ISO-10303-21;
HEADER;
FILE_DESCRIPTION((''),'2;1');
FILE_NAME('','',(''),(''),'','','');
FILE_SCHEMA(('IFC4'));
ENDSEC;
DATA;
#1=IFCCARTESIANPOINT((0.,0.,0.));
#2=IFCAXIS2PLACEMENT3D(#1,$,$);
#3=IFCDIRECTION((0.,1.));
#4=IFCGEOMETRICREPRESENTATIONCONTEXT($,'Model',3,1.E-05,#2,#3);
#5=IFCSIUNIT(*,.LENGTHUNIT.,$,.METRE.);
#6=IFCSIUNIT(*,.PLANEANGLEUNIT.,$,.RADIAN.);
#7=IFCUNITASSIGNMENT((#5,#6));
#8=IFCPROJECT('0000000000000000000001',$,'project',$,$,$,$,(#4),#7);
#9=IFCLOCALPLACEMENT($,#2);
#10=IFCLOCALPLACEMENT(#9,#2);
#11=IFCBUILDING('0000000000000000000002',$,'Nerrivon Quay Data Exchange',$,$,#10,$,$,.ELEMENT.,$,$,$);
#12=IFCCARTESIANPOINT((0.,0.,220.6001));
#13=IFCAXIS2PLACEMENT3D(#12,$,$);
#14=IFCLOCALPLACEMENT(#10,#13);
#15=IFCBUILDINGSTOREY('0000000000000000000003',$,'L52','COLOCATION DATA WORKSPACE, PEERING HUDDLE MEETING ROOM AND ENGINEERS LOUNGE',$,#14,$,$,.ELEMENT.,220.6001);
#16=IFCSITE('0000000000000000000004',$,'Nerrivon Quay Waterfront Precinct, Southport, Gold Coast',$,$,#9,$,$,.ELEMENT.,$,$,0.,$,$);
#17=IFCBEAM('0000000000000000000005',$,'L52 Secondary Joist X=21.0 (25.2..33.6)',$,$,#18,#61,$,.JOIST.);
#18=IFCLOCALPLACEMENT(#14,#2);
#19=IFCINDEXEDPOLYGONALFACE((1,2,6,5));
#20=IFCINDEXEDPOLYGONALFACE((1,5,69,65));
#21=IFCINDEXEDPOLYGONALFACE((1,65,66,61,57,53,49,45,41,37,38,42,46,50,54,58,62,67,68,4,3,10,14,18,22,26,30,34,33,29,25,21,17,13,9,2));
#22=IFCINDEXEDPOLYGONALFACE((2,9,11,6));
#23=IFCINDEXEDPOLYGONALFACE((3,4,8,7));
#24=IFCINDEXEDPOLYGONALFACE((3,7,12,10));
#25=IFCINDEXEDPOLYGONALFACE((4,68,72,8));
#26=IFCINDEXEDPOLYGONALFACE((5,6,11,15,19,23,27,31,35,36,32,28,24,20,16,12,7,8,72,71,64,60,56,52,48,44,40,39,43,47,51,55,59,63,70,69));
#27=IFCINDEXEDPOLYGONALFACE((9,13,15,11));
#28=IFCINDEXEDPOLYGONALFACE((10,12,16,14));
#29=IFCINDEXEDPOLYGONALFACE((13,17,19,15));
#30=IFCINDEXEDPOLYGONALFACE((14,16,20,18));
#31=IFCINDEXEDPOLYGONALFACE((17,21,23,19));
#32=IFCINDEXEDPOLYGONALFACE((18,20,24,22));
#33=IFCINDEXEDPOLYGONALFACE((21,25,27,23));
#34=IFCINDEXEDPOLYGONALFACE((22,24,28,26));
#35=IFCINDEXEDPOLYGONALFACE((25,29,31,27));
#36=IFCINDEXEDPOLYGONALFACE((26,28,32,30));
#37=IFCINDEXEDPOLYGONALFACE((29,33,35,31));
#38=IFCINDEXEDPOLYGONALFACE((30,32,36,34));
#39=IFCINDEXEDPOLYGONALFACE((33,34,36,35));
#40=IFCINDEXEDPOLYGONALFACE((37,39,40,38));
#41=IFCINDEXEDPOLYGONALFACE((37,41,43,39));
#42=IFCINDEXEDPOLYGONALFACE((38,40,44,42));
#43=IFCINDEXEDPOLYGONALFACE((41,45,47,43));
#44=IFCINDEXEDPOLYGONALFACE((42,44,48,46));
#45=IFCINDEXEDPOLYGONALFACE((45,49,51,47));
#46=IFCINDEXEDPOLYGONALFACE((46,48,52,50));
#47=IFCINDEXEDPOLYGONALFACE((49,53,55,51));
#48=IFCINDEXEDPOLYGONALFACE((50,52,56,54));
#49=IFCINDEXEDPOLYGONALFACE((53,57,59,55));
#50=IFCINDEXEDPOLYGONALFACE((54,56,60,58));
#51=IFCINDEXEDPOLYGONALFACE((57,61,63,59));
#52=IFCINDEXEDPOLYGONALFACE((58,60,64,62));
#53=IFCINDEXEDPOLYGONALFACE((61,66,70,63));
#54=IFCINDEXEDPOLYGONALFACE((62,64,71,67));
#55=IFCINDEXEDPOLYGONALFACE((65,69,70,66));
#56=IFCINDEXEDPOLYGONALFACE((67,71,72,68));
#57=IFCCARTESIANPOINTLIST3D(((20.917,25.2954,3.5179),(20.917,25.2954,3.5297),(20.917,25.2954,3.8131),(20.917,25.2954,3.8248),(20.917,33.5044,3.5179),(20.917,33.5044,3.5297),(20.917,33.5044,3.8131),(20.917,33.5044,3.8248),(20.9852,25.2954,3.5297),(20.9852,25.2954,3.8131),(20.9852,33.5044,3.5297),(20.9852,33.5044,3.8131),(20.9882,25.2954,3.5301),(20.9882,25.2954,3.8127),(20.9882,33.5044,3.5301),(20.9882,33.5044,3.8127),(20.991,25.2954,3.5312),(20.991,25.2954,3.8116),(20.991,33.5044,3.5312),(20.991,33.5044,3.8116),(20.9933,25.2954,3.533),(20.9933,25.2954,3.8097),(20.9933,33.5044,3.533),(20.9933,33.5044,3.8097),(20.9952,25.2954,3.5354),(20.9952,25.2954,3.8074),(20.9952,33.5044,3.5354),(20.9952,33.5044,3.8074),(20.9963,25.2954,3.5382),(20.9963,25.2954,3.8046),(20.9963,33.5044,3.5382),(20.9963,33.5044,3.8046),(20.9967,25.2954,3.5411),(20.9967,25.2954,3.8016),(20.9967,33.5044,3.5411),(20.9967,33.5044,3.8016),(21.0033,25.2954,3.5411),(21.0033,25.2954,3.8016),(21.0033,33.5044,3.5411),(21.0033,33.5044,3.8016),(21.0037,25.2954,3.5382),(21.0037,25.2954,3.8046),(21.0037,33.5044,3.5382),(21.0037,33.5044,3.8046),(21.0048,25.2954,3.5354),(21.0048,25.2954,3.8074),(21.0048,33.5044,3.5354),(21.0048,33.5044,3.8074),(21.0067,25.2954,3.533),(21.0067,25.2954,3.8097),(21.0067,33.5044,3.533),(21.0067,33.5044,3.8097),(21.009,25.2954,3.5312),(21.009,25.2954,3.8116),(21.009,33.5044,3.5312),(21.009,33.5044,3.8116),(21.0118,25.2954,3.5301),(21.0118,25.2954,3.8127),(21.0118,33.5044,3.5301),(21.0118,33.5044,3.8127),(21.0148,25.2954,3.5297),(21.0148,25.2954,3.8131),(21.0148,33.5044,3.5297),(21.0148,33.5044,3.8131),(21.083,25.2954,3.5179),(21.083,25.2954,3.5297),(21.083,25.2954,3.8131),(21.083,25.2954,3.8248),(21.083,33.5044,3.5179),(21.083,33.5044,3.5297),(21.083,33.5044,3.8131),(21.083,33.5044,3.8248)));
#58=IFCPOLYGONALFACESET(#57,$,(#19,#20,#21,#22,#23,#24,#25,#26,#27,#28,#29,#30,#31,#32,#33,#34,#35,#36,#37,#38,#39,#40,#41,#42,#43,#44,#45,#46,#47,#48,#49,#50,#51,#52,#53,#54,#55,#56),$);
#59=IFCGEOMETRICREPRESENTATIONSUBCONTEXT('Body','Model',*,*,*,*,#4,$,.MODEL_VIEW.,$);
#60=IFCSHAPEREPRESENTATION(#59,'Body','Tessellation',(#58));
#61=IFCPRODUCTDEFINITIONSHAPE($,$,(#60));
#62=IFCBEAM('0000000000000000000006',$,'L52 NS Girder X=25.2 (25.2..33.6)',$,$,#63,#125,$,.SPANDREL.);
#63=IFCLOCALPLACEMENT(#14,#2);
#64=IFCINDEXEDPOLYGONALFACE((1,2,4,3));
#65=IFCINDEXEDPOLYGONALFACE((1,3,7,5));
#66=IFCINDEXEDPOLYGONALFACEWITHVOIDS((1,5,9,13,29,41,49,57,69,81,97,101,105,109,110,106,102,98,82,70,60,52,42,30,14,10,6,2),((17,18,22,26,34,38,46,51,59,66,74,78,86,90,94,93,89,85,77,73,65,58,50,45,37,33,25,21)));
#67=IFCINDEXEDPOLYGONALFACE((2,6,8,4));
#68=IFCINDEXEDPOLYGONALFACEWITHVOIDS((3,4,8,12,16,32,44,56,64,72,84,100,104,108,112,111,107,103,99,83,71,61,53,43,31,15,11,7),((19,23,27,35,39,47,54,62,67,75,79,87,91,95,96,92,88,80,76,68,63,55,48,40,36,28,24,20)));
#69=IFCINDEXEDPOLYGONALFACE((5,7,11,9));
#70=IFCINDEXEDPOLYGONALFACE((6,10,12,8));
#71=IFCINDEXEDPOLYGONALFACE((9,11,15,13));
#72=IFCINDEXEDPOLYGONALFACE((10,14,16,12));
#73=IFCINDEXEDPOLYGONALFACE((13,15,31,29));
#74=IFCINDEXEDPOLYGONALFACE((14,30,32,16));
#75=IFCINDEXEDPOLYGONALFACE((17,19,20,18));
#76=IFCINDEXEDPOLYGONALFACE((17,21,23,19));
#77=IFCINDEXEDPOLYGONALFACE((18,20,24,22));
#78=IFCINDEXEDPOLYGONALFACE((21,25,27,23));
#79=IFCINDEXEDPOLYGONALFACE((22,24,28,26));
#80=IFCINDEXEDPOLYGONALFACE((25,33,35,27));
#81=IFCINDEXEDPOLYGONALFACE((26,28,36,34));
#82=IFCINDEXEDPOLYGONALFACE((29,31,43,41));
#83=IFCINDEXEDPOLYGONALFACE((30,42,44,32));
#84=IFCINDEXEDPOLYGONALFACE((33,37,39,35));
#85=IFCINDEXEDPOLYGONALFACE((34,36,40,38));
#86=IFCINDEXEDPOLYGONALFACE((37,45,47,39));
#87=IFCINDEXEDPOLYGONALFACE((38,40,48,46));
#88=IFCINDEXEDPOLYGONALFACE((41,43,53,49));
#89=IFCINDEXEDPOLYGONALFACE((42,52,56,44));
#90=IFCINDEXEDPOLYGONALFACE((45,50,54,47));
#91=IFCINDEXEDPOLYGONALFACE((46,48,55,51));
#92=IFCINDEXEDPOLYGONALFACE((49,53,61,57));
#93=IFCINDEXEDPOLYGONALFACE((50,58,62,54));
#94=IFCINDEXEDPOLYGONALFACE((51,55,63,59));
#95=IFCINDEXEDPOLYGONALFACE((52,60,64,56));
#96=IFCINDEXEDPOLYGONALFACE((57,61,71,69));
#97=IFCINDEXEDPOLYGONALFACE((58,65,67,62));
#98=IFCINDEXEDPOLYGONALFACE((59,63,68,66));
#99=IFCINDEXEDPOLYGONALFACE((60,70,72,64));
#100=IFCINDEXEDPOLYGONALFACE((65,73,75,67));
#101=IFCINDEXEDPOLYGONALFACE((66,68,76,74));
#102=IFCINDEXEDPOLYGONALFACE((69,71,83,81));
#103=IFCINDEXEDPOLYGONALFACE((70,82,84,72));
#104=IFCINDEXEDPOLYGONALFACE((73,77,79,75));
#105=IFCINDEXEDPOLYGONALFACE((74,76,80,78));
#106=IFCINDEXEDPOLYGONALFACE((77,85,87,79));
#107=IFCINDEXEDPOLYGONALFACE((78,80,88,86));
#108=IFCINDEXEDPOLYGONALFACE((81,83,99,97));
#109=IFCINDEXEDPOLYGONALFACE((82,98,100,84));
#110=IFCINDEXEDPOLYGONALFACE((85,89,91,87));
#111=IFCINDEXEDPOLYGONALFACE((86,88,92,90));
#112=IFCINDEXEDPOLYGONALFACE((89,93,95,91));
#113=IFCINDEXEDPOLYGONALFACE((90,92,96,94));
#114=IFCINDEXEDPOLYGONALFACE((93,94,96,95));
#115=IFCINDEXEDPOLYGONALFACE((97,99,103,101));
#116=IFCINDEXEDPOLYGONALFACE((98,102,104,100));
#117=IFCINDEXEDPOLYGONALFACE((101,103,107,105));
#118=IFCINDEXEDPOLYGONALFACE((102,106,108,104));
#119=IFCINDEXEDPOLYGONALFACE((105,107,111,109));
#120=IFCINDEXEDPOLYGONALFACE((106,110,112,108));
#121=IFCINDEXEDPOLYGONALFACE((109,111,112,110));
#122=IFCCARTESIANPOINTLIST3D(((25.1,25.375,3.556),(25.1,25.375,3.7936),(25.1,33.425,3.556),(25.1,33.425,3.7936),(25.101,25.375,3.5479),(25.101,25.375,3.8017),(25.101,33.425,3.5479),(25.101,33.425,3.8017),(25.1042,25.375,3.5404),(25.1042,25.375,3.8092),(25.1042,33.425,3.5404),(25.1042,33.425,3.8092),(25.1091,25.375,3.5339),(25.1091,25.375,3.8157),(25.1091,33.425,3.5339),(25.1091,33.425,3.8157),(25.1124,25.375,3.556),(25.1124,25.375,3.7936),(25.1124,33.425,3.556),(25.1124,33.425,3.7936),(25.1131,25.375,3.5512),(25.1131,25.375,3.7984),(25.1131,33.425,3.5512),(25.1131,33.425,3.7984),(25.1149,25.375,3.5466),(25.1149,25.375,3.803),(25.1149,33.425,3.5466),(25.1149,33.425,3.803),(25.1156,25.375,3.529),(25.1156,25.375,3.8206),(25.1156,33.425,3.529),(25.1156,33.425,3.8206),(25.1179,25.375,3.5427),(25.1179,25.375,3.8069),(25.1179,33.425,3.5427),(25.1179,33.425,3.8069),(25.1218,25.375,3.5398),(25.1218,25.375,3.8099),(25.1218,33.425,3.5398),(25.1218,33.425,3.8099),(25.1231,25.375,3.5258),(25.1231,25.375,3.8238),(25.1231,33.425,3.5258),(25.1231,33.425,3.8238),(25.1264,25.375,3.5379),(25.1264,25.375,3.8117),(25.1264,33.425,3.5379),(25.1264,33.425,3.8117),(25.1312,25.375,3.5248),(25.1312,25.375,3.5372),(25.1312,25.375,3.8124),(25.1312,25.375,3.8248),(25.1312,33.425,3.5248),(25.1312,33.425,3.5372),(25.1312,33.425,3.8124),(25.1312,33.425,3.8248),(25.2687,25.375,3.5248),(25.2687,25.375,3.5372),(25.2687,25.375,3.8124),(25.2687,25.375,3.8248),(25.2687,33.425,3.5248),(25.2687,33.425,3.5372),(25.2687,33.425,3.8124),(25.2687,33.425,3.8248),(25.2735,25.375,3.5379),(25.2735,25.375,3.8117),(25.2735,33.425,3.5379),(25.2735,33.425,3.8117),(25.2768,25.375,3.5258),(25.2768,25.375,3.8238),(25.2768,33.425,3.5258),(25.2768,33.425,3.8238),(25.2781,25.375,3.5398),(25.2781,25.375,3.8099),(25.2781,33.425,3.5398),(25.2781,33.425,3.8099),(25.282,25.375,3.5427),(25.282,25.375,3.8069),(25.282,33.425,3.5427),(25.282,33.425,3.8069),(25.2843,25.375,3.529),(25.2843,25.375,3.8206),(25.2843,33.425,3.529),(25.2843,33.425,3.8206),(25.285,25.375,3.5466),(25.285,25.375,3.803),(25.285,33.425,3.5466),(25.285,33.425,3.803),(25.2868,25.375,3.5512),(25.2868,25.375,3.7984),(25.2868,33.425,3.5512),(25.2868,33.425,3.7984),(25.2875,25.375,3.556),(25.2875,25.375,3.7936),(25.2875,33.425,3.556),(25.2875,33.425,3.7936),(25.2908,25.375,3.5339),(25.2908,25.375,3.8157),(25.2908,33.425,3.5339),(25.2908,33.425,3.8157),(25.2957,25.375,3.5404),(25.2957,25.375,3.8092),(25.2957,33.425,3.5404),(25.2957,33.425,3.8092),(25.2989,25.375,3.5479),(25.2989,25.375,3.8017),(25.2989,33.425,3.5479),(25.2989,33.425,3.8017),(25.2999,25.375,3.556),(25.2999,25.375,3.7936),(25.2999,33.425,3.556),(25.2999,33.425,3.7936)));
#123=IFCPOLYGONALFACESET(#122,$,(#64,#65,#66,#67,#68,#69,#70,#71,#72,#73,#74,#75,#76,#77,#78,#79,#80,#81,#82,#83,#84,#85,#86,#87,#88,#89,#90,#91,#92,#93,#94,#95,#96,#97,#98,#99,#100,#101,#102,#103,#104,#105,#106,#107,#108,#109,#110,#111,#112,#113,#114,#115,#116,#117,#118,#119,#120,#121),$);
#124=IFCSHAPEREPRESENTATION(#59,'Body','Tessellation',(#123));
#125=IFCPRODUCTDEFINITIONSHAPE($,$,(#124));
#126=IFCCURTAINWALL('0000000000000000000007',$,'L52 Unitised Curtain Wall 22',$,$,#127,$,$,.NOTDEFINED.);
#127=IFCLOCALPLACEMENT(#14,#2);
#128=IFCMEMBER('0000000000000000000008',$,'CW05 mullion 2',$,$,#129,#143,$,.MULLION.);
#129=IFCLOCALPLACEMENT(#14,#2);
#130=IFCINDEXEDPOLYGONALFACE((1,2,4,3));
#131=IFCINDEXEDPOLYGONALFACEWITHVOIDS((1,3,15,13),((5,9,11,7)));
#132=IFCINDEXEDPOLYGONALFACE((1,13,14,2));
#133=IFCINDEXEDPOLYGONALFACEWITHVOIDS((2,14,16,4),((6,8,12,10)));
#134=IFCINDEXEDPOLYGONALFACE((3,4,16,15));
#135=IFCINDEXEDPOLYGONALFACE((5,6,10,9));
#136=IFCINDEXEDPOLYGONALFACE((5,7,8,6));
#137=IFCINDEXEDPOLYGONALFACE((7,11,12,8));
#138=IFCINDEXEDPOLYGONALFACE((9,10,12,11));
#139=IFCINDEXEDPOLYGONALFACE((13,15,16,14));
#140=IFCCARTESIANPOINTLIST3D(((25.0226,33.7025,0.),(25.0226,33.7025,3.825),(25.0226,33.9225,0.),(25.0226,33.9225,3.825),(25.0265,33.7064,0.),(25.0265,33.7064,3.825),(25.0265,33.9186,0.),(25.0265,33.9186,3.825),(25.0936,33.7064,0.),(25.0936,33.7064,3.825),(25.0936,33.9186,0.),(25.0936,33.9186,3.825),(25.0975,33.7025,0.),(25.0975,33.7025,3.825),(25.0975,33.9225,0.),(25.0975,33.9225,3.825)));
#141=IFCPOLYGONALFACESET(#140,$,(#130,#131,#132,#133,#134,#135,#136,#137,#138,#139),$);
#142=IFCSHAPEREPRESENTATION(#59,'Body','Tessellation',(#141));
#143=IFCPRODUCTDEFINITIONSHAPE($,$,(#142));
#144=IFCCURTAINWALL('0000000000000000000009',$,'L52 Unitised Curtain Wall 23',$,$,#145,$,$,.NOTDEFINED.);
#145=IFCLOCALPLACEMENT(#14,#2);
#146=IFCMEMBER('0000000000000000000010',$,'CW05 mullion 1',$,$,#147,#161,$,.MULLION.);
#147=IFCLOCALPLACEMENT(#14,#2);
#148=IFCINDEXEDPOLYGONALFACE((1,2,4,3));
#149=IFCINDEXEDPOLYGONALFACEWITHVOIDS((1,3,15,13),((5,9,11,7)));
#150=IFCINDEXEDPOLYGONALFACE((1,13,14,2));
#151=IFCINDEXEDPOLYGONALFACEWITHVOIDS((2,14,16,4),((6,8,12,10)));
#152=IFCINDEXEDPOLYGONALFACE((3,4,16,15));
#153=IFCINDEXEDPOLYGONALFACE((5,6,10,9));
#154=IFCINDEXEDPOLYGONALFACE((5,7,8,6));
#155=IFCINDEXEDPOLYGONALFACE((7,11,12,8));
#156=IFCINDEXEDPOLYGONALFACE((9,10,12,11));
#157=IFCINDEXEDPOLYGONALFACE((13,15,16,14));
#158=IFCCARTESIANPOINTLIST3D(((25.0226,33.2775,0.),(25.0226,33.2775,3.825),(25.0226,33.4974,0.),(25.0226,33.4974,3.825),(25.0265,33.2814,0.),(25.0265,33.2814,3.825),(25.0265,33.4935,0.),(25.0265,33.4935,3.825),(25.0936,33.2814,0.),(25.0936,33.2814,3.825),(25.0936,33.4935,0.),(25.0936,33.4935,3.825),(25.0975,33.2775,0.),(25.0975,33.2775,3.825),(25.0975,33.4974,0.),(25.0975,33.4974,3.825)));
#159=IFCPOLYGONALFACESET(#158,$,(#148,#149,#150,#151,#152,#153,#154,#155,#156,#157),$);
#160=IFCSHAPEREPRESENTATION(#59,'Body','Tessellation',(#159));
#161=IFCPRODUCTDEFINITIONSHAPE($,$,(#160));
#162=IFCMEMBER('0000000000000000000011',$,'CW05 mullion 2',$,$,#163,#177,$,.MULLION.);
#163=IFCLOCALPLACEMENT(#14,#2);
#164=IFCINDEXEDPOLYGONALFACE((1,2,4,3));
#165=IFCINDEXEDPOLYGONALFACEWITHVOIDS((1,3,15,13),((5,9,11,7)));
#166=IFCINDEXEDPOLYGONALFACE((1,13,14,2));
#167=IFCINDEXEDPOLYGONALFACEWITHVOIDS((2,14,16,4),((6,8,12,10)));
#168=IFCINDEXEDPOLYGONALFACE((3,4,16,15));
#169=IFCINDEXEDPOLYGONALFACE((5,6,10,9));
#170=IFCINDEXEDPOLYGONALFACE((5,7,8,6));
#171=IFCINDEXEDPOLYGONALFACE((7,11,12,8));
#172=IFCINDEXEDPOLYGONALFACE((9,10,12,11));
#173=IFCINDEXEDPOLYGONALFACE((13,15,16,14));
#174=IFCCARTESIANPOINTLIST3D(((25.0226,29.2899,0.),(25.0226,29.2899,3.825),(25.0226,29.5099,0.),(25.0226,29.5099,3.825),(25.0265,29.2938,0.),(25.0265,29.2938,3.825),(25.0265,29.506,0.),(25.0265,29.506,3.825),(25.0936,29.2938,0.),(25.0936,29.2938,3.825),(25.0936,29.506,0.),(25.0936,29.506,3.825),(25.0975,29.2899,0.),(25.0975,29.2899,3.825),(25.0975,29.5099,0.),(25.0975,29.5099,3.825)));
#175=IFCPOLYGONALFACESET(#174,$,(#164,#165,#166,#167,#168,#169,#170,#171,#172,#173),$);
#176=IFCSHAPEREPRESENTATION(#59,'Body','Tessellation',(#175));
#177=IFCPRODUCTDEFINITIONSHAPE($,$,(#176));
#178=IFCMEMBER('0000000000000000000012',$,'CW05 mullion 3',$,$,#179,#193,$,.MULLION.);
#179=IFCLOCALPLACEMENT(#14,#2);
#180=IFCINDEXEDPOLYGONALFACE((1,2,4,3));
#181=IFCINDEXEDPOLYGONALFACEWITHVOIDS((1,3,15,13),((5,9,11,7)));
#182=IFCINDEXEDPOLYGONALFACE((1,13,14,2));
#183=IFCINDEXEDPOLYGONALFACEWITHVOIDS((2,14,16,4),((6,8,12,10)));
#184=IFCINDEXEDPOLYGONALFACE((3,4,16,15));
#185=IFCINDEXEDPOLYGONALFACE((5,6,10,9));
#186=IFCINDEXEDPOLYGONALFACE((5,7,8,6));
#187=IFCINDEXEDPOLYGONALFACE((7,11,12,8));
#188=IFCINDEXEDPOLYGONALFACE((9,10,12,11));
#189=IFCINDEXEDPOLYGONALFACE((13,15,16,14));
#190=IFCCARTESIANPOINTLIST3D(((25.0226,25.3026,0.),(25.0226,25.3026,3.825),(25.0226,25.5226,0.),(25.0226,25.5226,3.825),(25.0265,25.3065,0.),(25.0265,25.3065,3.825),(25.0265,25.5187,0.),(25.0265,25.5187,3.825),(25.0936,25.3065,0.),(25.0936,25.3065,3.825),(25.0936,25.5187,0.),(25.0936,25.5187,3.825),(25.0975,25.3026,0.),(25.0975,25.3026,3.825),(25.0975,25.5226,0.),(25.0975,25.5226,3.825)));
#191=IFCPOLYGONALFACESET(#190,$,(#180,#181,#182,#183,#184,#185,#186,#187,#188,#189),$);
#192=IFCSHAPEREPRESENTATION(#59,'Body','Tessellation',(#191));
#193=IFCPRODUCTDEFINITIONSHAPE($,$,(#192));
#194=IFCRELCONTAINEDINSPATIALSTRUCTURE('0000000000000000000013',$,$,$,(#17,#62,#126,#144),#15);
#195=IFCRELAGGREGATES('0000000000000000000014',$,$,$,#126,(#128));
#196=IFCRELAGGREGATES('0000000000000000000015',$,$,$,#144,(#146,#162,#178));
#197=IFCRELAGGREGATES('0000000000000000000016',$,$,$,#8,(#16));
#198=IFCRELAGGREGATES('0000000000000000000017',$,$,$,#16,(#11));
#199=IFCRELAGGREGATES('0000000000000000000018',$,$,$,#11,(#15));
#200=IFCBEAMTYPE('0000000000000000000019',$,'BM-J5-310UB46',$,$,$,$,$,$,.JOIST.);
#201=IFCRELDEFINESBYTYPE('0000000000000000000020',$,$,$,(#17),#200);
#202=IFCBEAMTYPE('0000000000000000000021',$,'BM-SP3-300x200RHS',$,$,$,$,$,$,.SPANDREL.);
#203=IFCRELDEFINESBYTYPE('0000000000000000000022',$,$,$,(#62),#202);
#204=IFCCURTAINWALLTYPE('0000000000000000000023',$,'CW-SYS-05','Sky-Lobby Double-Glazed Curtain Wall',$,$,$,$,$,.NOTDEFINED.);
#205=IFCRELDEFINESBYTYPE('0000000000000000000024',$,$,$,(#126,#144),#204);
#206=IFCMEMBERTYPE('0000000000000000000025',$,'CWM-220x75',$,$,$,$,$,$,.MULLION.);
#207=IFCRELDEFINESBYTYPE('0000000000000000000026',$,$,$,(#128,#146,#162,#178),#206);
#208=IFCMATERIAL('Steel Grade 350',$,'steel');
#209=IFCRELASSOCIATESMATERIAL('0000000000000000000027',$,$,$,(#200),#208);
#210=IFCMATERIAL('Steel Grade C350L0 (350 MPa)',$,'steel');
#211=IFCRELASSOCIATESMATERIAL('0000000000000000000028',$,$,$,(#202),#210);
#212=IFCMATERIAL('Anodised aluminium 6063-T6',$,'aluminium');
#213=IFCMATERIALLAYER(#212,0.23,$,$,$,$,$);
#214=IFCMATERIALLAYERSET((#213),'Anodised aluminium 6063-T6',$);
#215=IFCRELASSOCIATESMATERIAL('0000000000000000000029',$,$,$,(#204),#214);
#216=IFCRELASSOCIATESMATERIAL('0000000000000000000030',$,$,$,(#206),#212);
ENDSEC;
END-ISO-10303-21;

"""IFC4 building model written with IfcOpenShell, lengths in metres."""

from ifc_helpers import new_model, si_unit, direction, frame, origin, origin_2d, place, context, subcontext, project, spatial, hollow_rectangle, i_section, extrude, material, layer, layer_set, material_profile, profile_set, type_object, element, aggregate, save


model = new_model("IFC4")

# Units and contexts
model_context = context("Model", 3, precision=1e-05, world=origin(), true_north=direction((0.0, 1.0)))
body_context = subcontext(model_context, "Body", "Model", "MODEL_VIEW")
ifc_project = project(units=[si_unit("LENGTHUNIT", "METRE"), si_unit("PLANEANGLEUNIT", "RADIAN")], contexts=[model_context])

# Site, building, storey
site_placement = place(None, origin())
site = spatial("IfcSite", under=ifc_project, at=site_placement, Name="Nerrivon Quay Waterfront Precinct, Southport, Gold Coast", CompositionType="ELEMENT", RefElevation=0.0)
building_placement = place(site_placement, origin())
building = spatial("IfcBuilding", under=site, at=building_placement, Name="Nerrivon Quay Data Exchange", CompositionType="ELEMENT")
storey_placement = place(building_placement, frame((0.0, 0.0, 220.6001)))
storey = spatial("IfcBuildingStorey", under=building, at=storey_placement, Name="L52", Description="COLOCATION DATA WORKSPACE, PEERING HUDDLE MEETING ROOM AND ENGINEERS LOUNGE", CompositionType="ELEMENT", Elevation=220.6001)

# Shared definitions
ifc_material_1 = material(Name="Steel Grade 350", Category="steel")

# Beams
ifc_material_profile_1 = material_profile(ifc_material_1, i_section(OverallWidth=0.166, OverallDepth=0.3069, WebThickness=0.0066, FlangeThickness=0.0117, FilletRadius=0.0115, at=origin_2d()), Name="310UB46.2")
ifc_profile_set_1 = profile_set([ifc_material_profile_1], Name="Steel Grade 350")
beam_type_1 = type_object("IfcBeamType", Name="BM-J5-310UB46", PredefinedType="JOIST", material=ifc_profile_set_1)
beam_1_placement = place(storey_placement, frame((21.0, 25.2954, 3.6714), z_axis=(0.0, 1.0, 0.0), x_axis=(-1.0, 0.0, 0.0)))
element("IfcBeam", 1, at=beam_1_placement, inside=storey, type_object=beam_type_1, Name="L52 Secondary Joist X=21.0 (25.2..33.6)", PredefinedType="JOIST", context=body_context, shape_type="SweptSolid", body=[
    extrude(i_section(OverallWidth=0.166, OverallDepth=0.3069, WebThickness=0.0066, FlangeThickness=0.0117, FilletRadius=0.0115, at=origin_2d()), origin(), (0.0, 0.0, 1.0), 8.209),
])
ifc_material_2 = material(Name="Steel Grade C350L0 (350 MPa)", Category="steel")
ifc_material_profile_2 = material_profile(ifc_material_2, hollow_rectangle(XDim=0.2, YDim=0.3, WallThickness=0.0125, InnerFilletRadius=0.0188, OuterFilletRadius=0.0312, at=origin_2d()), Name="300x200x12.5RHS")
ifc_profile_set_2 = profile_set([ifc_material_profile_2], Name="Steel Grade C350L0 (350 MPa)")
beam_type_2 = type_object("IfcBeamType", Name="BM-SP3-300x200RHS", PredefinedType="SPANDREL", material=ifc_profile_set_2)
beam_2_placement = place(storey_placement, frame((25.2, 25.375, 3.6748), z_axis=(0.0, 1.0, 0.0), x_axis=(-1.0, 0.0, 0.0)))
element("IfcBeam", 2, at=beam_2_placement, inside=storey, type_object=beam_type_2, Name="L52 NS Girder X=25.2 (25.2..33.6)", PredefinedType="SPANDREL", context=body_context, shape_type="SweptSolid", body=[
    extrude(hollow_rectangle(XDim=0.2, YDim=0.3, WallThickness=0.0125, InnerFilletRadius=0.0188, OuterFilletRadius=0.0312, at=origin_2d()), origin(), (0.0, 0.0, 1.0), 8.05),
])

# Curtain wall, member
ifc_material_3 = material(Name="Anodised aluminium 6063-T6", Category="aluminium")
ifc_layer_1 = layer(ifc_material_3, 0.23)
ifc_layer_set_1 = layer_set([ifc_layer_1], Name="Anodised aluminium 6063-T6")
curtain_wall_type = type_object("IfcCurtainWallType", Name="CW-SYS-05", Description="Sky-Lobby Double-Glazed Curtain Wall", PredefinedType="NOTDEFINED", material=ifc_layer_set_1)
curtain_wall_1_placement = place(storey_placement, origin())
curtain_wall_1 = element("IfcCurtainWall", 3, at=curtain_wall_1_placement, inside=storey, type_object=curtain_wall_type, Name="L52 Unitised Curtain Wall 22", PredefinedType="NOTDEFINED")
ifc_material_profile_3 = material_profile(ifc_material_3, hollow_rectangle(XDim=0.075, YDim=0.22, WallThickness=0.0039, at=origin_2d()), Name="ALU-MULL-220x75")
ifc_profile_set_3 = profile_set([ifc_material_profile_3], Name="Anodised aluminium 6063-T6")
member_type_1 = type_object("IfcMemberType", Name="CWM-220x75", PredefinedType="MULLION", material=ifc_profile_set_3)
member_1_placement = place(storey_placement, frame((25.0601, 33.8125, 0.0), z_axis=(0.0, 0.0, 1.0), x_axis=(1.0, 0.0, 0.0)))
member_1 = element("IfcMember", 4, at=member_1_placement, type_object=member_type_1, Name="CW05 mullion 2", PredefinedType="MULLION", context=body_context, shape_type="SweptSolid", body=[
    extrude(hollow_rectangle(XDim=0.075, YDim=0.22, WallThickness=0.0039, at=origin_2d()), origin(), (0.0, 0.0, 1.0), 3.825),
])

# Curtain wall, members
curtain_wall_2_placement = place(storey_placement, origin())
curtain_wall_2 = element("IfcCurtainWall", 5, at=curtain_wall_2_placement, inside=storey, type_object=curtain_wall_type, Name="L52 Unitised Curtain Wall 23", PredefinedType="NOTDEFINED")
member_2_placement = place(storey_placement, frame((25.0601, 33.3875, 0.0), z_axis=(0.0, 0.0, 1.0), x_axis=(1.0, 0.0, 0.0)))
member_2 = element("IfcMember", 6, at=member_2_placement, type_object=member_type_1, Name="CW05 mullion 1", PredefinedType="MULLION", context=body_context, shape_type="SweptSolid", body=[
    extrude(hollow_rectangle(XDim=0.075, YDim=0.22, WallThickness=0.0039, at=origin_2d()), origin(), (0.0, 0.0, 1.0), 3.825),
])
member_3_placement = place(storey_placement, frame((25.0601, 29.3999, 0.0), z_axis=(0.0, 0.0, 1.0), x_axis=(1.0, 0.0, 0.0)))
member_3 = element("IfcMember", 7, at=member_3_placement, type_object=member_type_1, Name="CW05 mullion 2", PredefinedType="MULLION", context=body_context, shape_type="SweptSolid", body=[
    extrude(hollow_rectangle(XDim=0.075, YDim=0.22, WallThickness=0.0039, at=origin_2d()), origin(), (0.0, 0.0, 1.0), 3.825),
])
member_4_placement = place(storey_placement, frame((25.0601, 25.4126, 0.0), z_axis=(0.0, 0.0, 1.0), x_axis=(1.0, 0.0, 0.0)))
member_4 = element("IfcMember", 8, at=member_4_placement, type_object=member_type_1, Name="CW05 mullion 3", PredefinedType="MULLION", context=body_context, shape_type="SweptSolid", body=[
    extrude(hollow_rectangle(XDim=0.075, YDim=0.22, WallThickness=0.0039, at=origin_2d()), origin(), (0.0, 0.0, 1.0), 3.825),
])

aggregate(curtain_wall_1, [member_1])
aggregate(curtain_wall_2, [member_2, member_3, member_4])

save(model, "model.ifc")
